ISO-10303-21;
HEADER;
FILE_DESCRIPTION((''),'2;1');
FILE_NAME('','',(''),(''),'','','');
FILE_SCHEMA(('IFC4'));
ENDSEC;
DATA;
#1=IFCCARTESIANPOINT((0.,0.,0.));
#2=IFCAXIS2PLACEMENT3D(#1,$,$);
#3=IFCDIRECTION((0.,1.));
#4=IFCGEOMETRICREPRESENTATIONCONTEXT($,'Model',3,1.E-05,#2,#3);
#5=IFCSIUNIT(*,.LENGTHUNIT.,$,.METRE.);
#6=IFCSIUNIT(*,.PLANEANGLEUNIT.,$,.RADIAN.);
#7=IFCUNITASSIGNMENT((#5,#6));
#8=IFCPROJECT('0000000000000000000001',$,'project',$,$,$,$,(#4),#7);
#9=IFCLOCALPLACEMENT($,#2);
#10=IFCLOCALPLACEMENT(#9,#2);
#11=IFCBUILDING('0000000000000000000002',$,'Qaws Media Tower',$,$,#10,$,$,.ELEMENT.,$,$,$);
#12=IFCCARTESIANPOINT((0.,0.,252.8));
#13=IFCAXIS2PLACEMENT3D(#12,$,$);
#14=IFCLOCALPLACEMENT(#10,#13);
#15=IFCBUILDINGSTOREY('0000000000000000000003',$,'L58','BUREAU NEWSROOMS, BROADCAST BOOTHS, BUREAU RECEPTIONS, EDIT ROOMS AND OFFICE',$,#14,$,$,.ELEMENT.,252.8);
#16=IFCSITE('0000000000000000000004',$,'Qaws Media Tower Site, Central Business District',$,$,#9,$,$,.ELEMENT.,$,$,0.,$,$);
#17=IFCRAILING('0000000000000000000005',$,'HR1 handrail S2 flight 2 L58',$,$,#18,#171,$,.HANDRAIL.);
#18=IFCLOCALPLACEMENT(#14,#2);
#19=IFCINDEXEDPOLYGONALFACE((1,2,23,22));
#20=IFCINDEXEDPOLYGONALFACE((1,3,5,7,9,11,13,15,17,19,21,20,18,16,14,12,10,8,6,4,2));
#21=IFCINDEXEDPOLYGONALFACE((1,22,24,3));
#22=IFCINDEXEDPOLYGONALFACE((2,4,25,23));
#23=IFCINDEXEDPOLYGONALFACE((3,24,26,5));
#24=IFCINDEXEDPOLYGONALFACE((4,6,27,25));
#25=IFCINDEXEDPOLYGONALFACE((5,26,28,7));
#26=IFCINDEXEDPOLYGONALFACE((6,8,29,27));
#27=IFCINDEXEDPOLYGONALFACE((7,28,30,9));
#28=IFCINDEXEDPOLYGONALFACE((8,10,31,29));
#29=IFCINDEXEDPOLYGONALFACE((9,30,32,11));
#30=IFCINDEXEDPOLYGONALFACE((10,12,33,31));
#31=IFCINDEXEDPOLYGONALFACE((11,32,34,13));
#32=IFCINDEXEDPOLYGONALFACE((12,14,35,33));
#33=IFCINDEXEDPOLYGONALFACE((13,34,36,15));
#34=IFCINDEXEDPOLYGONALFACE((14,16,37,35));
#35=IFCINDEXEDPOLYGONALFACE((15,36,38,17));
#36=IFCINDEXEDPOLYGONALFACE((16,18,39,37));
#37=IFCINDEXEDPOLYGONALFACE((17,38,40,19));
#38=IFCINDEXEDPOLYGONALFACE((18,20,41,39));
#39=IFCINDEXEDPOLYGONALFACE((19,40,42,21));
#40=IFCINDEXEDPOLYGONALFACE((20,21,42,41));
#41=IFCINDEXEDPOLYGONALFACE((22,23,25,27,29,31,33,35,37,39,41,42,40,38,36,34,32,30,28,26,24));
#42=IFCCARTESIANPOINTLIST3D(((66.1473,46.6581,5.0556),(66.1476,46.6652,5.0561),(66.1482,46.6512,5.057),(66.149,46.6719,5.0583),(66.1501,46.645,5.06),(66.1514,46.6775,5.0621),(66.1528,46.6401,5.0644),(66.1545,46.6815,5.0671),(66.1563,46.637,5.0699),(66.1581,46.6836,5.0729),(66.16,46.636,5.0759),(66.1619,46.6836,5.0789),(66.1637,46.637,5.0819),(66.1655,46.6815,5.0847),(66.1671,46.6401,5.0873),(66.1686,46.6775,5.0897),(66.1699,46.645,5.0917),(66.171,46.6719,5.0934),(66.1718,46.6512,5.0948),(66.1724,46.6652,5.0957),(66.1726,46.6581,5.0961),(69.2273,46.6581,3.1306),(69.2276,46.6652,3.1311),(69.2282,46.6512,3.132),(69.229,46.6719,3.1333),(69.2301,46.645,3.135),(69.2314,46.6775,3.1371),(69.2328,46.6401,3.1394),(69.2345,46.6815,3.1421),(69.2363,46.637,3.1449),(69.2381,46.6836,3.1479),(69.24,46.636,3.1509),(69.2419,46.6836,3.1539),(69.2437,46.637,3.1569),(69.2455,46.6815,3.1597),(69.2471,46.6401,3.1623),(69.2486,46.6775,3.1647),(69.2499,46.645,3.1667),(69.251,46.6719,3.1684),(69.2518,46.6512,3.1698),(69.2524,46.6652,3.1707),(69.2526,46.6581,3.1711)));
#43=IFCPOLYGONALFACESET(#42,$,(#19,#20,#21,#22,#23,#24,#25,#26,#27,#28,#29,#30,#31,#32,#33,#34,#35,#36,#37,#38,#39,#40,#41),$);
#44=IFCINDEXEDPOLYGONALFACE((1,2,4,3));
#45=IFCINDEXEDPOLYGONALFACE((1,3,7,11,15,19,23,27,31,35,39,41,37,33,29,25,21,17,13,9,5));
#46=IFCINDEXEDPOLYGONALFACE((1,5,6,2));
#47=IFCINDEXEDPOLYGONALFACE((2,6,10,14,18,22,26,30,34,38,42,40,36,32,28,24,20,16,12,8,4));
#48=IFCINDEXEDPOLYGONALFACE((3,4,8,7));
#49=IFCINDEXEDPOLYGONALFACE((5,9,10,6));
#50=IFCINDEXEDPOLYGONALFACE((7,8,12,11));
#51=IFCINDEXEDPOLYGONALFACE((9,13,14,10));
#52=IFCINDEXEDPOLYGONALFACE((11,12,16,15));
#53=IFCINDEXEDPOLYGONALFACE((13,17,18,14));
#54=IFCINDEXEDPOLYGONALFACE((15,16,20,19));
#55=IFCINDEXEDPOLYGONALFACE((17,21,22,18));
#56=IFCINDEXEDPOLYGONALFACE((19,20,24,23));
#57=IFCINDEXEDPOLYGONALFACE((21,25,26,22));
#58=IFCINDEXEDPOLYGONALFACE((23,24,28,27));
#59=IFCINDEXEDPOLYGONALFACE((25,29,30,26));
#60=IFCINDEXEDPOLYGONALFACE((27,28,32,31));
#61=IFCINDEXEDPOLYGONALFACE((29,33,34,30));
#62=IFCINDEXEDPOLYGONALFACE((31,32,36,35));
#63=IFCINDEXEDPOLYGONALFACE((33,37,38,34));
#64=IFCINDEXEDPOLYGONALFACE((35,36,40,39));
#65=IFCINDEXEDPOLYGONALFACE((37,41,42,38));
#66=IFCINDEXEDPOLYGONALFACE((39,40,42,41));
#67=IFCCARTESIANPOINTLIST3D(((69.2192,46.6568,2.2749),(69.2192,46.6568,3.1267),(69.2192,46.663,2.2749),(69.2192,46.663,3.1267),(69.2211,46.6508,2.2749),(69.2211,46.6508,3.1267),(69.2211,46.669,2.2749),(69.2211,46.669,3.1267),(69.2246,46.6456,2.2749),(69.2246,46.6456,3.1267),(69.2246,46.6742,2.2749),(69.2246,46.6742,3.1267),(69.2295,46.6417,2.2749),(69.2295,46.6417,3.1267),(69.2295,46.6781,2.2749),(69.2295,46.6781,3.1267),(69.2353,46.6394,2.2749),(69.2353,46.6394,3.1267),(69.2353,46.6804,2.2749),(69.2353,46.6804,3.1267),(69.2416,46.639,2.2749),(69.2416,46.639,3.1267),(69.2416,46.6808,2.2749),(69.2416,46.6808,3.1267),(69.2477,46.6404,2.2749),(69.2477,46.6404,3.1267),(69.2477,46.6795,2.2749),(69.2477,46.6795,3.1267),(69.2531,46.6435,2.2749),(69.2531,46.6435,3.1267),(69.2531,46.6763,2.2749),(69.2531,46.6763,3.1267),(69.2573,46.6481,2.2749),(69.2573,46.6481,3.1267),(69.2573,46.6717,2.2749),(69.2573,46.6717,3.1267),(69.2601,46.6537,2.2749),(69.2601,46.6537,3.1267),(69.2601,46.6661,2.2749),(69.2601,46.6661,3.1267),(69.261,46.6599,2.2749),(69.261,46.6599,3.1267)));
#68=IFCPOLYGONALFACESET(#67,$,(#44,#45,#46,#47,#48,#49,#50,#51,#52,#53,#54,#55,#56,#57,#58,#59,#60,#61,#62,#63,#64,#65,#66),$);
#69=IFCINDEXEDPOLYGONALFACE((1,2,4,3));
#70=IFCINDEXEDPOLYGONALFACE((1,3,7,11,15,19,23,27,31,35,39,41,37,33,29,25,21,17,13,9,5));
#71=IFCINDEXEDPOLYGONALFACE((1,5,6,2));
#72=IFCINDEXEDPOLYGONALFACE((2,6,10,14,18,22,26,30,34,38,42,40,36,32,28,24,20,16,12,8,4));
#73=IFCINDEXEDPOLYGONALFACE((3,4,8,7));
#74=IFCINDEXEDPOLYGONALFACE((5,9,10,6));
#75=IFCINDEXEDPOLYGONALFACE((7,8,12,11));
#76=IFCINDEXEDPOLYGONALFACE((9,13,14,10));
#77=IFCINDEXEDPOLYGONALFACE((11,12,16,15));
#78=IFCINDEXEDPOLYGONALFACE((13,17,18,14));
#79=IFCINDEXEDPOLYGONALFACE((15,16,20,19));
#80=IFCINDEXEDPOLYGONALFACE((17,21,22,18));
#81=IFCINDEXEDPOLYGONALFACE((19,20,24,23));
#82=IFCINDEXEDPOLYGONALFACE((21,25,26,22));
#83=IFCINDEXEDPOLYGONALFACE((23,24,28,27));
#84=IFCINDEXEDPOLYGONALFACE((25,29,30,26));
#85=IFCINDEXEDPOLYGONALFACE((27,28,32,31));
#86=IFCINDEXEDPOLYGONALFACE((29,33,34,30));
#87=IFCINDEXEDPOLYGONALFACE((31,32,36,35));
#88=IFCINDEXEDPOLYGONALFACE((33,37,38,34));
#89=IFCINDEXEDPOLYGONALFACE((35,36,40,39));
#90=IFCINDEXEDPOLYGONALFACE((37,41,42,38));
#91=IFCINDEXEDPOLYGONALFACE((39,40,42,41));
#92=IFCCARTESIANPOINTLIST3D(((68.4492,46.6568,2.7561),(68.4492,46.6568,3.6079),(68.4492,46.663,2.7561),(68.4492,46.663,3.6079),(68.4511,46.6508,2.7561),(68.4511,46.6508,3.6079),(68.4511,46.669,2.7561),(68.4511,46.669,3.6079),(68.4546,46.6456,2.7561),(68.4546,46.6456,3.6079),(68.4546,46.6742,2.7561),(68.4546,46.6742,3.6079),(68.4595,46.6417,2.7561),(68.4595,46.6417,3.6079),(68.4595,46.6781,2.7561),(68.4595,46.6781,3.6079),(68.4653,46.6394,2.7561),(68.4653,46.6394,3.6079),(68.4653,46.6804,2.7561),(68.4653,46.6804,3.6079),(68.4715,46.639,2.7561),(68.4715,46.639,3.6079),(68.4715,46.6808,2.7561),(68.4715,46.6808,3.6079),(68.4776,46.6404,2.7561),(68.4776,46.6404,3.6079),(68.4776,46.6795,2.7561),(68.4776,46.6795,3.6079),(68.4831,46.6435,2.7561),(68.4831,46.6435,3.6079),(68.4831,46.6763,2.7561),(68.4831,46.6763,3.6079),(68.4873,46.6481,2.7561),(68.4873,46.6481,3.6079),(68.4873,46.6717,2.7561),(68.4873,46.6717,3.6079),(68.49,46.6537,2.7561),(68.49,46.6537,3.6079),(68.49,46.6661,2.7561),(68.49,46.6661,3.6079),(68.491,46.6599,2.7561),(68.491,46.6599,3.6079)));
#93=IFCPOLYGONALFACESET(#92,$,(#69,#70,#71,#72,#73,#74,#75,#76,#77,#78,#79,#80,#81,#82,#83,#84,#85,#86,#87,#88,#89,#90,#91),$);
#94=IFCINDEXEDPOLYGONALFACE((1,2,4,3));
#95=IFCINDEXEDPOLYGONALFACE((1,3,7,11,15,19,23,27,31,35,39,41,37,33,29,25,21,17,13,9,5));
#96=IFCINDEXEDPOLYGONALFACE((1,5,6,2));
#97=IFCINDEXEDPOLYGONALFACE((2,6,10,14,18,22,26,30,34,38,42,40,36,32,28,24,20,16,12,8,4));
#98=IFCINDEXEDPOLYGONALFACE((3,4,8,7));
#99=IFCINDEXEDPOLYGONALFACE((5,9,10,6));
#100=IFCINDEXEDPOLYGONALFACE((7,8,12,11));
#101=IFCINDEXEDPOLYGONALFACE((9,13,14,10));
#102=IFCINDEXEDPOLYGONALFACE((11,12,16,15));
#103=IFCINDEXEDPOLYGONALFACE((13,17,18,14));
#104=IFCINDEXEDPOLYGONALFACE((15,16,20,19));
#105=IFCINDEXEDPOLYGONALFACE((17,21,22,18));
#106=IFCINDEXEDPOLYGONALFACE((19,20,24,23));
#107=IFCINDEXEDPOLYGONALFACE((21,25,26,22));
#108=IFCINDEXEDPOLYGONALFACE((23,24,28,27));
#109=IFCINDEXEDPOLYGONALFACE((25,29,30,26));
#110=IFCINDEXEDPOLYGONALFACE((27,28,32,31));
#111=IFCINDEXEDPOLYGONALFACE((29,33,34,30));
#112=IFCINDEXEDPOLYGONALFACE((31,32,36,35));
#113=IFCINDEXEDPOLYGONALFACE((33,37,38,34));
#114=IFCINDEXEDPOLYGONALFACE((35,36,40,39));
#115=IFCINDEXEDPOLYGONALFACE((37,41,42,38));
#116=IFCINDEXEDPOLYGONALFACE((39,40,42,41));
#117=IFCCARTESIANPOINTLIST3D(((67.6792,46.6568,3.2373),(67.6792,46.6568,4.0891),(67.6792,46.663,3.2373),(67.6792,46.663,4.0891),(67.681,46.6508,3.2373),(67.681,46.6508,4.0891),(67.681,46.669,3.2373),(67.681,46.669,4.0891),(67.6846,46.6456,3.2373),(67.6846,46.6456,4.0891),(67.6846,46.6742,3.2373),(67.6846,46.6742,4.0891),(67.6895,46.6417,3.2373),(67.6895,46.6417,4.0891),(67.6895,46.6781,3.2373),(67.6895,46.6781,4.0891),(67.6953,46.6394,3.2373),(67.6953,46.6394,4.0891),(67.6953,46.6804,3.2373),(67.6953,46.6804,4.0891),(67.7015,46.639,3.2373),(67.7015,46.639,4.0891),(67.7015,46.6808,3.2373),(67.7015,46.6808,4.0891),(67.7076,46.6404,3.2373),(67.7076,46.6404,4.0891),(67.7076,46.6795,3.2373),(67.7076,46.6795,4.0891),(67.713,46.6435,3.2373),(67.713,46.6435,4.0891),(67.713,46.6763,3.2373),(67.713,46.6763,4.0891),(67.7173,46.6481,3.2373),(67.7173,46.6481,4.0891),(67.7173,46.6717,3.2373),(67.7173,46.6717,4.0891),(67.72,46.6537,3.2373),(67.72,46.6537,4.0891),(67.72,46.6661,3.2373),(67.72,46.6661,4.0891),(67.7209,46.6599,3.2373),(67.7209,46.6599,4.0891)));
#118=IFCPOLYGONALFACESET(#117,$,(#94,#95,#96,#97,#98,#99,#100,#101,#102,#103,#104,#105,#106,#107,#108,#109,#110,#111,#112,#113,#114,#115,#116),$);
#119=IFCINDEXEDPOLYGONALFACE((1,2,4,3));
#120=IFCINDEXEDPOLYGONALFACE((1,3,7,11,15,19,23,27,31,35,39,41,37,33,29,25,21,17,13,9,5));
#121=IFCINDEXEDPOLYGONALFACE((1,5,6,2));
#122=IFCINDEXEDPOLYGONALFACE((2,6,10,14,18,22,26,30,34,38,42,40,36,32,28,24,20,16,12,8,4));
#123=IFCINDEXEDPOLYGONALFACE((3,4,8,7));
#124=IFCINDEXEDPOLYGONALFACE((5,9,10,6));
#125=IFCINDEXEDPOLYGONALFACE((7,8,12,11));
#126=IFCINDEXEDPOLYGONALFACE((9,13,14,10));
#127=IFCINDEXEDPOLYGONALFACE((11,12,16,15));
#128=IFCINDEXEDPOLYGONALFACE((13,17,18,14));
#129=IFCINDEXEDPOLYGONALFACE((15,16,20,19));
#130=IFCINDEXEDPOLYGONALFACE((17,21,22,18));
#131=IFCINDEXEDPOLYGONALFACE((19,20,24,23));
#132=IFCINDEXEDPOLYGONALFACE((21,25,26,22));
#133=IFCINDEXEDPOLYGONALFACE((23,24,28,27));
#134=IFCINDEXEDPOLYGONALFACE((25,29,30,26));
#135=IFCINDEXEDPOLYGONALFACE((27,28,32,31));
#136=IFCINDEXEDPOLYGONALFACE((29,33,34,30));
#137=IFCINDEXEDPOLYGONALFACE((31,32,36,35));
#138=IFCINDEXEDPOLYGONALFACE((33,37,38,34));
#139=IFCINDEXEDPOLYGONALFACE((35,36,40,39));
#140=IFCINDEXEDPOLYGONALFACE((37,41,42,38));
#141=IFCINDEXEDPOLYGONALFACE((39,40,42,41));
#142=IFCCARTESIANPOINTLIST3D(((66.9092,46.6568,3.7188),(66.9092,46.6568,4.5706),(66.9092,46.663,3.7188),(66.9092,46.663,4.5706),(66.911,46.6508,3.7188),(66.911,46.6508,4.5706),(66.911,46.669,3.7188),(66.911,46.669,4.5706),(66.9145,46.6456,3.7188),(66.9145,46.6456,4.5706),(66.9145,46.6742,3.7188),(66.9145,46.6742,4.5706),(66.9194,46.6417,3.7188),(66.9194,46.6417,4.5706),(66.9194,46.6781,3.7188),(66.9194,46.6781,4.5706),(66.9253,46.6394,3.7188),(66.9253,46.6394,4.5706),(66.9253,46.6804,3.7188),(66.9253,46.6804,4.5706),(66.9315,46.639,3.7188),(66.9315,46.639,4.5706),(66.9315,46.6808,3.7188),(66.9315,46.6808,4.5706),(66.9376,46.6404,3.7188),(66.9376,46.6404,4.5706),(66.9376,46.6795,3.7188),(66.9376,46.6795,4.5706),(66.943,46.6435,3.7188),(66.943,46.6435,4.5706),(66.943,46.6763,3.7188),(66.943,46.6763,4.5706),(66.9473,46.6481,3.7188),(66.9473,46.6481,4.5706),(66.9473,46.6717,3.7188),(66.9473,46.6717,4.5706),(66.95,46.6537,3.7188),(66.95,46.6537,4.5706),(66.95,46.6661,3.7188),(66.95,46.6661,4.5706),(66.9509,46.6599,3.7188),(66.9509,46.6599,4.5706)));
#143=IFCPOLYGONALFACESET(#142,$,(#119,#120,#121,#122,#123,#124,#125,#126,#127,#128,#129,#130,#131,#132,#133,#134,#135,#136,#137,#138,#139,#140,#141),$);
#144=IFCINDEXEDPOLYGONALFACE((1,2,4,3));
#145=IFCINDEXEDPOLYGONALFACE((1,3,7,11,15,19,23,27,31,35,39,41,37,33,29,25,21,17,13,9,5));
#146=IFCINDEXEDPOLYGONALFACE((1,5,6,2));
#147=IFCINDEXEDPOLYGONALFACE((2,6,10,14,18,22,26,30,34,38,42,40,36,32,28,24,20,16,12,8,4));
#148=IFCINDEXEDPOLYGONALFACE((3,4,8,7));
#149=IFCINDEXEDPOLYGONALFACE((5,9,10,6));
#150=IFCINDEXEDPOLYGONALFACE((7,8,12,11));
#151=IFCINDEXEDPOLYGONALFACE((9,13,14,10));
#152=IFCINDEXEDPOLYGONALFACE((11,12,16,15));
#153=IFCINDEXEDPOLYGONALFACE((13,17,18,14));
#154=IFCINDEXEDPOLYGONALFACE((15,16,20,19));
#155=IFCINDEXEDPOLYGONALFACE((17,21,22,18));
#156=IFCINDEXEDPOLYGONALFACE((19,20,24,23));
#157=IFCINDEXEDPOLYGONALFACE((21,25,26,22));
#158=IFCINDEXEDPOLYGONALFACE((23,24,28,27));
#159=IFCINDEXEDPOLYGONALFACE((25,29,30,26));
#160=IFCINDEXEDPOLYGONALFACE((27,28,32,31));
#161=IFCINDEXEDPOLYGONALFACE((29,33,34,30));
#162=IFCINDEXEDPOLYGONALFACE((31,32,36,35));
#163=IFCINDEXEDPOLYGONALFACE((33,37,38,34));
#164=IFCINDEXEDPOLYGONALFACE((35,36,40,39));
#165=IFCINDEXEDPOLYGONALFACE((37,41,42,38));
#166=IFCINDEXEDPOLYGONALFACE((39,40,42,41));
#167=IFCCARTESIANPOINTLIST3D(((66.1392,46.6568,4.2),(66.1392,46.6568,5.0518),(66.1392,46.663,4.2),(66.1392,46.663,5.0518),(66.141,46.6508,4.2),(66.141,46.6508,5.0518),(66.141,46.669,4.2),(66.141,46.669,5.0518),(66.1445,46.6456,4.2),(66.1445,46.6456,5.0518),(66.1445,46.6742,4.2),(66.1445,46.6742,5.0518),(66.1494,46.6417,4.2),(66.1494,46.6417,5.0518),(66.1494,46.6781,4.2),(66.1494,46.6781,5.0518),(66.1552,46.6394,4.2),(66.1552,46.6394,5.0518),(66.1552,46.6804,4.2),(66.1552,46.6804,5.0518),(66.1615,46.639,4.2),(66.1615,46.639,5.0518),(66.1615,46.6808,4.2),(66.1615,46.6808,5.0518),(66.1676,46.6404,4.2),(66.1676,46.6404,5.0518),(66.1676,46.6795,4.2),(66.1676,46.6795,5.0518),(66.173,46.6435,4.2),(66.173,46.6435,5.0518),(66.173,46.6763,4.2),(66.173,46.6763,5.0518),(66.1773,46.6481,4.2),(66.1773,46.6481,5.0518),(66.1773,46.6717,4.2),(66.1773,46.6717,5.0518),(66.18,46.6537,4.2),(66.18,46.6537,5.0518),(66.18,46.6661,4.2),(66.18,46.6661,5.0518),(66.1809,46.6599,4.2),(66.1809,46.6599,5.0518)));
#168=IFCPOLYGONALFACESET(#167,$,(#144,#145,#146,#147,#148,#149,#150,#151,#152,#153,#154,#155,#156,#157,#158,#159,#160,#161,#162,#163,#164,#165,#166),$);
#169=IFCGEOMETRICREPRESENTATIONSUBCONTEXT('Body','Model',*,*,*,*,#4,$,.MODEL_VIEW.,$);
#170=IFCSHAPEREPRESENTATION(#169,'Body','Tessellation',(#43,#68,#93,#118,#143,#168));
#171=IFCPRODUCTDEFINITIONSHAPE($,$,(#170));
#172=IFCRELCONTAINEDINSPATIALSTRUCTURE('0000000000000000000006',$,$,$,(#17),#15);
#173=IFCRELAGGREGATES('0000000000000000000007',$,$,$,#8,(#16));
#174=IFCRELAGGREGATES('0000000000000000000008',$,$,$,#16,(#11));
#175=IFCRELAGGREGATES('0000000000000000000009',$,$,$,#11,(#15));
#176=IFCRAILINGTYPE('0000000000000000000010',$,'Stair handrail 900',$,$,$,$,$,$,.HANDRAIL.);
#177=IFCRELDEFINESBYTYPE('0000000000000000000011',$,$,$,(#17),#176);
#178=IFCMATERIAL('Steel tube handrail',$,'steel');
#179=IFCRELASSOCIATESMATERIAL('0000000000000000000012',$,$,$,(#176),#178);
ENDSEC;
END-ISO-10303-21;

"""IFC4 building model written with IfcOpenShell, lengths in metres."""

from ifc_helpers import new_model, si_unit, direction, frame, origin, origin_2d, place, context, subcontext, project, spatial, circle, extrude, material, type_object, element, save


model = new_model("IFC4")

# Units and contexts
model_context = context("Model", 3, precision=1e-05, world=origin(), true_north=direction((0.0, 1.0)))
body_context = subcontext(model_context, "Body", "Model", "MODEL_VIEW")
ifc_project = project(units=[si_unit("LENGTHUNIT", "METRE"), si_unit("PLANEANGLEUNIT", "RADIAN")], contexts=[model_context])

# Site, building, storey
site_placement = place(None, origin())
site = spatial("IfcSite", under=ifc_project, at=site_placement, Name="Qaws Media Tower Site, Central Business District", CompositionType="ELEMENT", RefElevation=0.0)
building_placement = place(site_placement, origin())
building = spatial("IfcBuilding", under=site, at=building_placement, Name="Qaws Media Tower", CompositionType="ELEMENT")
storey_placement = place(building_placement, frame((0.0, 0.0, 252.8)))
storey = spatial("IfcBuildingStorey", under=building, at=storey_placement, Name="L58", Description="BUREAU NEWSROOMS, BROADCAST BOOTHS, BUREAU RECEPTIONS, EDIT ROOMS AND OFFICE", CompositionType="ELEMENT", Elevation=252.8)

# Railing
ifc_material_1 = material(Name="Steel tube handrail", Category="steel")
railing_type = type_object("IfcRailingType", Name="Stair handrail 900", PredefinedType="HANDRAIL", material=ifc_material_1)
for number, where, name in (
    (1, (69.24, 46.6599, 2.2749), "HR1 handrail S2 flight 2 L58"),
):
    element("IfcRailing", number, at=place(storey_placement, frame(where)), inside=storey, type_object=railing_type, Name=name, PredefinedType="HANDRAIL", context=body_context, shape_type="SweptSolid", body=[
        extrude(circle(Radius=0.0239, at=origin_2d()), frame((0.0, 0.0, 0.876), z_axis=(-0.847998, 0.0, 0.529999), x_axis=(0.0, -1.0, 0.0)), (0.0, 0.0, 1.0), 3.6321),
        extrude(circle(Radius=0.021, at=origin_2d()), origin(), (0.0, 0.0, 1.0), 0.8518),
        extrude(circle(Radius=0.021, at=origin_2d()), frame((-0.77, 0.0, 0.4812)), (0.0, 0.0, 1.0), 0.8518),
        extrude(circle(Radius=0.021, at=origin_2d()), frame((-1.54, 0.0, 0.9624)), (0.0, 0.0, 1.0), 0.8518),
        extrude(circle(Radius=0.021, at=origin_2d()), frame((-2.3101, 0.0, 1.4438)), (0.0, 0.0, 1.0), 0.8518),
        extrude(circle(Radius=0.021, at=origin_2d()), frame((-3.0801, 0.0, 1.925)), (0.0, 0.0, 1.0), 0.8518),
    ])

save(model, "model.ifc")
